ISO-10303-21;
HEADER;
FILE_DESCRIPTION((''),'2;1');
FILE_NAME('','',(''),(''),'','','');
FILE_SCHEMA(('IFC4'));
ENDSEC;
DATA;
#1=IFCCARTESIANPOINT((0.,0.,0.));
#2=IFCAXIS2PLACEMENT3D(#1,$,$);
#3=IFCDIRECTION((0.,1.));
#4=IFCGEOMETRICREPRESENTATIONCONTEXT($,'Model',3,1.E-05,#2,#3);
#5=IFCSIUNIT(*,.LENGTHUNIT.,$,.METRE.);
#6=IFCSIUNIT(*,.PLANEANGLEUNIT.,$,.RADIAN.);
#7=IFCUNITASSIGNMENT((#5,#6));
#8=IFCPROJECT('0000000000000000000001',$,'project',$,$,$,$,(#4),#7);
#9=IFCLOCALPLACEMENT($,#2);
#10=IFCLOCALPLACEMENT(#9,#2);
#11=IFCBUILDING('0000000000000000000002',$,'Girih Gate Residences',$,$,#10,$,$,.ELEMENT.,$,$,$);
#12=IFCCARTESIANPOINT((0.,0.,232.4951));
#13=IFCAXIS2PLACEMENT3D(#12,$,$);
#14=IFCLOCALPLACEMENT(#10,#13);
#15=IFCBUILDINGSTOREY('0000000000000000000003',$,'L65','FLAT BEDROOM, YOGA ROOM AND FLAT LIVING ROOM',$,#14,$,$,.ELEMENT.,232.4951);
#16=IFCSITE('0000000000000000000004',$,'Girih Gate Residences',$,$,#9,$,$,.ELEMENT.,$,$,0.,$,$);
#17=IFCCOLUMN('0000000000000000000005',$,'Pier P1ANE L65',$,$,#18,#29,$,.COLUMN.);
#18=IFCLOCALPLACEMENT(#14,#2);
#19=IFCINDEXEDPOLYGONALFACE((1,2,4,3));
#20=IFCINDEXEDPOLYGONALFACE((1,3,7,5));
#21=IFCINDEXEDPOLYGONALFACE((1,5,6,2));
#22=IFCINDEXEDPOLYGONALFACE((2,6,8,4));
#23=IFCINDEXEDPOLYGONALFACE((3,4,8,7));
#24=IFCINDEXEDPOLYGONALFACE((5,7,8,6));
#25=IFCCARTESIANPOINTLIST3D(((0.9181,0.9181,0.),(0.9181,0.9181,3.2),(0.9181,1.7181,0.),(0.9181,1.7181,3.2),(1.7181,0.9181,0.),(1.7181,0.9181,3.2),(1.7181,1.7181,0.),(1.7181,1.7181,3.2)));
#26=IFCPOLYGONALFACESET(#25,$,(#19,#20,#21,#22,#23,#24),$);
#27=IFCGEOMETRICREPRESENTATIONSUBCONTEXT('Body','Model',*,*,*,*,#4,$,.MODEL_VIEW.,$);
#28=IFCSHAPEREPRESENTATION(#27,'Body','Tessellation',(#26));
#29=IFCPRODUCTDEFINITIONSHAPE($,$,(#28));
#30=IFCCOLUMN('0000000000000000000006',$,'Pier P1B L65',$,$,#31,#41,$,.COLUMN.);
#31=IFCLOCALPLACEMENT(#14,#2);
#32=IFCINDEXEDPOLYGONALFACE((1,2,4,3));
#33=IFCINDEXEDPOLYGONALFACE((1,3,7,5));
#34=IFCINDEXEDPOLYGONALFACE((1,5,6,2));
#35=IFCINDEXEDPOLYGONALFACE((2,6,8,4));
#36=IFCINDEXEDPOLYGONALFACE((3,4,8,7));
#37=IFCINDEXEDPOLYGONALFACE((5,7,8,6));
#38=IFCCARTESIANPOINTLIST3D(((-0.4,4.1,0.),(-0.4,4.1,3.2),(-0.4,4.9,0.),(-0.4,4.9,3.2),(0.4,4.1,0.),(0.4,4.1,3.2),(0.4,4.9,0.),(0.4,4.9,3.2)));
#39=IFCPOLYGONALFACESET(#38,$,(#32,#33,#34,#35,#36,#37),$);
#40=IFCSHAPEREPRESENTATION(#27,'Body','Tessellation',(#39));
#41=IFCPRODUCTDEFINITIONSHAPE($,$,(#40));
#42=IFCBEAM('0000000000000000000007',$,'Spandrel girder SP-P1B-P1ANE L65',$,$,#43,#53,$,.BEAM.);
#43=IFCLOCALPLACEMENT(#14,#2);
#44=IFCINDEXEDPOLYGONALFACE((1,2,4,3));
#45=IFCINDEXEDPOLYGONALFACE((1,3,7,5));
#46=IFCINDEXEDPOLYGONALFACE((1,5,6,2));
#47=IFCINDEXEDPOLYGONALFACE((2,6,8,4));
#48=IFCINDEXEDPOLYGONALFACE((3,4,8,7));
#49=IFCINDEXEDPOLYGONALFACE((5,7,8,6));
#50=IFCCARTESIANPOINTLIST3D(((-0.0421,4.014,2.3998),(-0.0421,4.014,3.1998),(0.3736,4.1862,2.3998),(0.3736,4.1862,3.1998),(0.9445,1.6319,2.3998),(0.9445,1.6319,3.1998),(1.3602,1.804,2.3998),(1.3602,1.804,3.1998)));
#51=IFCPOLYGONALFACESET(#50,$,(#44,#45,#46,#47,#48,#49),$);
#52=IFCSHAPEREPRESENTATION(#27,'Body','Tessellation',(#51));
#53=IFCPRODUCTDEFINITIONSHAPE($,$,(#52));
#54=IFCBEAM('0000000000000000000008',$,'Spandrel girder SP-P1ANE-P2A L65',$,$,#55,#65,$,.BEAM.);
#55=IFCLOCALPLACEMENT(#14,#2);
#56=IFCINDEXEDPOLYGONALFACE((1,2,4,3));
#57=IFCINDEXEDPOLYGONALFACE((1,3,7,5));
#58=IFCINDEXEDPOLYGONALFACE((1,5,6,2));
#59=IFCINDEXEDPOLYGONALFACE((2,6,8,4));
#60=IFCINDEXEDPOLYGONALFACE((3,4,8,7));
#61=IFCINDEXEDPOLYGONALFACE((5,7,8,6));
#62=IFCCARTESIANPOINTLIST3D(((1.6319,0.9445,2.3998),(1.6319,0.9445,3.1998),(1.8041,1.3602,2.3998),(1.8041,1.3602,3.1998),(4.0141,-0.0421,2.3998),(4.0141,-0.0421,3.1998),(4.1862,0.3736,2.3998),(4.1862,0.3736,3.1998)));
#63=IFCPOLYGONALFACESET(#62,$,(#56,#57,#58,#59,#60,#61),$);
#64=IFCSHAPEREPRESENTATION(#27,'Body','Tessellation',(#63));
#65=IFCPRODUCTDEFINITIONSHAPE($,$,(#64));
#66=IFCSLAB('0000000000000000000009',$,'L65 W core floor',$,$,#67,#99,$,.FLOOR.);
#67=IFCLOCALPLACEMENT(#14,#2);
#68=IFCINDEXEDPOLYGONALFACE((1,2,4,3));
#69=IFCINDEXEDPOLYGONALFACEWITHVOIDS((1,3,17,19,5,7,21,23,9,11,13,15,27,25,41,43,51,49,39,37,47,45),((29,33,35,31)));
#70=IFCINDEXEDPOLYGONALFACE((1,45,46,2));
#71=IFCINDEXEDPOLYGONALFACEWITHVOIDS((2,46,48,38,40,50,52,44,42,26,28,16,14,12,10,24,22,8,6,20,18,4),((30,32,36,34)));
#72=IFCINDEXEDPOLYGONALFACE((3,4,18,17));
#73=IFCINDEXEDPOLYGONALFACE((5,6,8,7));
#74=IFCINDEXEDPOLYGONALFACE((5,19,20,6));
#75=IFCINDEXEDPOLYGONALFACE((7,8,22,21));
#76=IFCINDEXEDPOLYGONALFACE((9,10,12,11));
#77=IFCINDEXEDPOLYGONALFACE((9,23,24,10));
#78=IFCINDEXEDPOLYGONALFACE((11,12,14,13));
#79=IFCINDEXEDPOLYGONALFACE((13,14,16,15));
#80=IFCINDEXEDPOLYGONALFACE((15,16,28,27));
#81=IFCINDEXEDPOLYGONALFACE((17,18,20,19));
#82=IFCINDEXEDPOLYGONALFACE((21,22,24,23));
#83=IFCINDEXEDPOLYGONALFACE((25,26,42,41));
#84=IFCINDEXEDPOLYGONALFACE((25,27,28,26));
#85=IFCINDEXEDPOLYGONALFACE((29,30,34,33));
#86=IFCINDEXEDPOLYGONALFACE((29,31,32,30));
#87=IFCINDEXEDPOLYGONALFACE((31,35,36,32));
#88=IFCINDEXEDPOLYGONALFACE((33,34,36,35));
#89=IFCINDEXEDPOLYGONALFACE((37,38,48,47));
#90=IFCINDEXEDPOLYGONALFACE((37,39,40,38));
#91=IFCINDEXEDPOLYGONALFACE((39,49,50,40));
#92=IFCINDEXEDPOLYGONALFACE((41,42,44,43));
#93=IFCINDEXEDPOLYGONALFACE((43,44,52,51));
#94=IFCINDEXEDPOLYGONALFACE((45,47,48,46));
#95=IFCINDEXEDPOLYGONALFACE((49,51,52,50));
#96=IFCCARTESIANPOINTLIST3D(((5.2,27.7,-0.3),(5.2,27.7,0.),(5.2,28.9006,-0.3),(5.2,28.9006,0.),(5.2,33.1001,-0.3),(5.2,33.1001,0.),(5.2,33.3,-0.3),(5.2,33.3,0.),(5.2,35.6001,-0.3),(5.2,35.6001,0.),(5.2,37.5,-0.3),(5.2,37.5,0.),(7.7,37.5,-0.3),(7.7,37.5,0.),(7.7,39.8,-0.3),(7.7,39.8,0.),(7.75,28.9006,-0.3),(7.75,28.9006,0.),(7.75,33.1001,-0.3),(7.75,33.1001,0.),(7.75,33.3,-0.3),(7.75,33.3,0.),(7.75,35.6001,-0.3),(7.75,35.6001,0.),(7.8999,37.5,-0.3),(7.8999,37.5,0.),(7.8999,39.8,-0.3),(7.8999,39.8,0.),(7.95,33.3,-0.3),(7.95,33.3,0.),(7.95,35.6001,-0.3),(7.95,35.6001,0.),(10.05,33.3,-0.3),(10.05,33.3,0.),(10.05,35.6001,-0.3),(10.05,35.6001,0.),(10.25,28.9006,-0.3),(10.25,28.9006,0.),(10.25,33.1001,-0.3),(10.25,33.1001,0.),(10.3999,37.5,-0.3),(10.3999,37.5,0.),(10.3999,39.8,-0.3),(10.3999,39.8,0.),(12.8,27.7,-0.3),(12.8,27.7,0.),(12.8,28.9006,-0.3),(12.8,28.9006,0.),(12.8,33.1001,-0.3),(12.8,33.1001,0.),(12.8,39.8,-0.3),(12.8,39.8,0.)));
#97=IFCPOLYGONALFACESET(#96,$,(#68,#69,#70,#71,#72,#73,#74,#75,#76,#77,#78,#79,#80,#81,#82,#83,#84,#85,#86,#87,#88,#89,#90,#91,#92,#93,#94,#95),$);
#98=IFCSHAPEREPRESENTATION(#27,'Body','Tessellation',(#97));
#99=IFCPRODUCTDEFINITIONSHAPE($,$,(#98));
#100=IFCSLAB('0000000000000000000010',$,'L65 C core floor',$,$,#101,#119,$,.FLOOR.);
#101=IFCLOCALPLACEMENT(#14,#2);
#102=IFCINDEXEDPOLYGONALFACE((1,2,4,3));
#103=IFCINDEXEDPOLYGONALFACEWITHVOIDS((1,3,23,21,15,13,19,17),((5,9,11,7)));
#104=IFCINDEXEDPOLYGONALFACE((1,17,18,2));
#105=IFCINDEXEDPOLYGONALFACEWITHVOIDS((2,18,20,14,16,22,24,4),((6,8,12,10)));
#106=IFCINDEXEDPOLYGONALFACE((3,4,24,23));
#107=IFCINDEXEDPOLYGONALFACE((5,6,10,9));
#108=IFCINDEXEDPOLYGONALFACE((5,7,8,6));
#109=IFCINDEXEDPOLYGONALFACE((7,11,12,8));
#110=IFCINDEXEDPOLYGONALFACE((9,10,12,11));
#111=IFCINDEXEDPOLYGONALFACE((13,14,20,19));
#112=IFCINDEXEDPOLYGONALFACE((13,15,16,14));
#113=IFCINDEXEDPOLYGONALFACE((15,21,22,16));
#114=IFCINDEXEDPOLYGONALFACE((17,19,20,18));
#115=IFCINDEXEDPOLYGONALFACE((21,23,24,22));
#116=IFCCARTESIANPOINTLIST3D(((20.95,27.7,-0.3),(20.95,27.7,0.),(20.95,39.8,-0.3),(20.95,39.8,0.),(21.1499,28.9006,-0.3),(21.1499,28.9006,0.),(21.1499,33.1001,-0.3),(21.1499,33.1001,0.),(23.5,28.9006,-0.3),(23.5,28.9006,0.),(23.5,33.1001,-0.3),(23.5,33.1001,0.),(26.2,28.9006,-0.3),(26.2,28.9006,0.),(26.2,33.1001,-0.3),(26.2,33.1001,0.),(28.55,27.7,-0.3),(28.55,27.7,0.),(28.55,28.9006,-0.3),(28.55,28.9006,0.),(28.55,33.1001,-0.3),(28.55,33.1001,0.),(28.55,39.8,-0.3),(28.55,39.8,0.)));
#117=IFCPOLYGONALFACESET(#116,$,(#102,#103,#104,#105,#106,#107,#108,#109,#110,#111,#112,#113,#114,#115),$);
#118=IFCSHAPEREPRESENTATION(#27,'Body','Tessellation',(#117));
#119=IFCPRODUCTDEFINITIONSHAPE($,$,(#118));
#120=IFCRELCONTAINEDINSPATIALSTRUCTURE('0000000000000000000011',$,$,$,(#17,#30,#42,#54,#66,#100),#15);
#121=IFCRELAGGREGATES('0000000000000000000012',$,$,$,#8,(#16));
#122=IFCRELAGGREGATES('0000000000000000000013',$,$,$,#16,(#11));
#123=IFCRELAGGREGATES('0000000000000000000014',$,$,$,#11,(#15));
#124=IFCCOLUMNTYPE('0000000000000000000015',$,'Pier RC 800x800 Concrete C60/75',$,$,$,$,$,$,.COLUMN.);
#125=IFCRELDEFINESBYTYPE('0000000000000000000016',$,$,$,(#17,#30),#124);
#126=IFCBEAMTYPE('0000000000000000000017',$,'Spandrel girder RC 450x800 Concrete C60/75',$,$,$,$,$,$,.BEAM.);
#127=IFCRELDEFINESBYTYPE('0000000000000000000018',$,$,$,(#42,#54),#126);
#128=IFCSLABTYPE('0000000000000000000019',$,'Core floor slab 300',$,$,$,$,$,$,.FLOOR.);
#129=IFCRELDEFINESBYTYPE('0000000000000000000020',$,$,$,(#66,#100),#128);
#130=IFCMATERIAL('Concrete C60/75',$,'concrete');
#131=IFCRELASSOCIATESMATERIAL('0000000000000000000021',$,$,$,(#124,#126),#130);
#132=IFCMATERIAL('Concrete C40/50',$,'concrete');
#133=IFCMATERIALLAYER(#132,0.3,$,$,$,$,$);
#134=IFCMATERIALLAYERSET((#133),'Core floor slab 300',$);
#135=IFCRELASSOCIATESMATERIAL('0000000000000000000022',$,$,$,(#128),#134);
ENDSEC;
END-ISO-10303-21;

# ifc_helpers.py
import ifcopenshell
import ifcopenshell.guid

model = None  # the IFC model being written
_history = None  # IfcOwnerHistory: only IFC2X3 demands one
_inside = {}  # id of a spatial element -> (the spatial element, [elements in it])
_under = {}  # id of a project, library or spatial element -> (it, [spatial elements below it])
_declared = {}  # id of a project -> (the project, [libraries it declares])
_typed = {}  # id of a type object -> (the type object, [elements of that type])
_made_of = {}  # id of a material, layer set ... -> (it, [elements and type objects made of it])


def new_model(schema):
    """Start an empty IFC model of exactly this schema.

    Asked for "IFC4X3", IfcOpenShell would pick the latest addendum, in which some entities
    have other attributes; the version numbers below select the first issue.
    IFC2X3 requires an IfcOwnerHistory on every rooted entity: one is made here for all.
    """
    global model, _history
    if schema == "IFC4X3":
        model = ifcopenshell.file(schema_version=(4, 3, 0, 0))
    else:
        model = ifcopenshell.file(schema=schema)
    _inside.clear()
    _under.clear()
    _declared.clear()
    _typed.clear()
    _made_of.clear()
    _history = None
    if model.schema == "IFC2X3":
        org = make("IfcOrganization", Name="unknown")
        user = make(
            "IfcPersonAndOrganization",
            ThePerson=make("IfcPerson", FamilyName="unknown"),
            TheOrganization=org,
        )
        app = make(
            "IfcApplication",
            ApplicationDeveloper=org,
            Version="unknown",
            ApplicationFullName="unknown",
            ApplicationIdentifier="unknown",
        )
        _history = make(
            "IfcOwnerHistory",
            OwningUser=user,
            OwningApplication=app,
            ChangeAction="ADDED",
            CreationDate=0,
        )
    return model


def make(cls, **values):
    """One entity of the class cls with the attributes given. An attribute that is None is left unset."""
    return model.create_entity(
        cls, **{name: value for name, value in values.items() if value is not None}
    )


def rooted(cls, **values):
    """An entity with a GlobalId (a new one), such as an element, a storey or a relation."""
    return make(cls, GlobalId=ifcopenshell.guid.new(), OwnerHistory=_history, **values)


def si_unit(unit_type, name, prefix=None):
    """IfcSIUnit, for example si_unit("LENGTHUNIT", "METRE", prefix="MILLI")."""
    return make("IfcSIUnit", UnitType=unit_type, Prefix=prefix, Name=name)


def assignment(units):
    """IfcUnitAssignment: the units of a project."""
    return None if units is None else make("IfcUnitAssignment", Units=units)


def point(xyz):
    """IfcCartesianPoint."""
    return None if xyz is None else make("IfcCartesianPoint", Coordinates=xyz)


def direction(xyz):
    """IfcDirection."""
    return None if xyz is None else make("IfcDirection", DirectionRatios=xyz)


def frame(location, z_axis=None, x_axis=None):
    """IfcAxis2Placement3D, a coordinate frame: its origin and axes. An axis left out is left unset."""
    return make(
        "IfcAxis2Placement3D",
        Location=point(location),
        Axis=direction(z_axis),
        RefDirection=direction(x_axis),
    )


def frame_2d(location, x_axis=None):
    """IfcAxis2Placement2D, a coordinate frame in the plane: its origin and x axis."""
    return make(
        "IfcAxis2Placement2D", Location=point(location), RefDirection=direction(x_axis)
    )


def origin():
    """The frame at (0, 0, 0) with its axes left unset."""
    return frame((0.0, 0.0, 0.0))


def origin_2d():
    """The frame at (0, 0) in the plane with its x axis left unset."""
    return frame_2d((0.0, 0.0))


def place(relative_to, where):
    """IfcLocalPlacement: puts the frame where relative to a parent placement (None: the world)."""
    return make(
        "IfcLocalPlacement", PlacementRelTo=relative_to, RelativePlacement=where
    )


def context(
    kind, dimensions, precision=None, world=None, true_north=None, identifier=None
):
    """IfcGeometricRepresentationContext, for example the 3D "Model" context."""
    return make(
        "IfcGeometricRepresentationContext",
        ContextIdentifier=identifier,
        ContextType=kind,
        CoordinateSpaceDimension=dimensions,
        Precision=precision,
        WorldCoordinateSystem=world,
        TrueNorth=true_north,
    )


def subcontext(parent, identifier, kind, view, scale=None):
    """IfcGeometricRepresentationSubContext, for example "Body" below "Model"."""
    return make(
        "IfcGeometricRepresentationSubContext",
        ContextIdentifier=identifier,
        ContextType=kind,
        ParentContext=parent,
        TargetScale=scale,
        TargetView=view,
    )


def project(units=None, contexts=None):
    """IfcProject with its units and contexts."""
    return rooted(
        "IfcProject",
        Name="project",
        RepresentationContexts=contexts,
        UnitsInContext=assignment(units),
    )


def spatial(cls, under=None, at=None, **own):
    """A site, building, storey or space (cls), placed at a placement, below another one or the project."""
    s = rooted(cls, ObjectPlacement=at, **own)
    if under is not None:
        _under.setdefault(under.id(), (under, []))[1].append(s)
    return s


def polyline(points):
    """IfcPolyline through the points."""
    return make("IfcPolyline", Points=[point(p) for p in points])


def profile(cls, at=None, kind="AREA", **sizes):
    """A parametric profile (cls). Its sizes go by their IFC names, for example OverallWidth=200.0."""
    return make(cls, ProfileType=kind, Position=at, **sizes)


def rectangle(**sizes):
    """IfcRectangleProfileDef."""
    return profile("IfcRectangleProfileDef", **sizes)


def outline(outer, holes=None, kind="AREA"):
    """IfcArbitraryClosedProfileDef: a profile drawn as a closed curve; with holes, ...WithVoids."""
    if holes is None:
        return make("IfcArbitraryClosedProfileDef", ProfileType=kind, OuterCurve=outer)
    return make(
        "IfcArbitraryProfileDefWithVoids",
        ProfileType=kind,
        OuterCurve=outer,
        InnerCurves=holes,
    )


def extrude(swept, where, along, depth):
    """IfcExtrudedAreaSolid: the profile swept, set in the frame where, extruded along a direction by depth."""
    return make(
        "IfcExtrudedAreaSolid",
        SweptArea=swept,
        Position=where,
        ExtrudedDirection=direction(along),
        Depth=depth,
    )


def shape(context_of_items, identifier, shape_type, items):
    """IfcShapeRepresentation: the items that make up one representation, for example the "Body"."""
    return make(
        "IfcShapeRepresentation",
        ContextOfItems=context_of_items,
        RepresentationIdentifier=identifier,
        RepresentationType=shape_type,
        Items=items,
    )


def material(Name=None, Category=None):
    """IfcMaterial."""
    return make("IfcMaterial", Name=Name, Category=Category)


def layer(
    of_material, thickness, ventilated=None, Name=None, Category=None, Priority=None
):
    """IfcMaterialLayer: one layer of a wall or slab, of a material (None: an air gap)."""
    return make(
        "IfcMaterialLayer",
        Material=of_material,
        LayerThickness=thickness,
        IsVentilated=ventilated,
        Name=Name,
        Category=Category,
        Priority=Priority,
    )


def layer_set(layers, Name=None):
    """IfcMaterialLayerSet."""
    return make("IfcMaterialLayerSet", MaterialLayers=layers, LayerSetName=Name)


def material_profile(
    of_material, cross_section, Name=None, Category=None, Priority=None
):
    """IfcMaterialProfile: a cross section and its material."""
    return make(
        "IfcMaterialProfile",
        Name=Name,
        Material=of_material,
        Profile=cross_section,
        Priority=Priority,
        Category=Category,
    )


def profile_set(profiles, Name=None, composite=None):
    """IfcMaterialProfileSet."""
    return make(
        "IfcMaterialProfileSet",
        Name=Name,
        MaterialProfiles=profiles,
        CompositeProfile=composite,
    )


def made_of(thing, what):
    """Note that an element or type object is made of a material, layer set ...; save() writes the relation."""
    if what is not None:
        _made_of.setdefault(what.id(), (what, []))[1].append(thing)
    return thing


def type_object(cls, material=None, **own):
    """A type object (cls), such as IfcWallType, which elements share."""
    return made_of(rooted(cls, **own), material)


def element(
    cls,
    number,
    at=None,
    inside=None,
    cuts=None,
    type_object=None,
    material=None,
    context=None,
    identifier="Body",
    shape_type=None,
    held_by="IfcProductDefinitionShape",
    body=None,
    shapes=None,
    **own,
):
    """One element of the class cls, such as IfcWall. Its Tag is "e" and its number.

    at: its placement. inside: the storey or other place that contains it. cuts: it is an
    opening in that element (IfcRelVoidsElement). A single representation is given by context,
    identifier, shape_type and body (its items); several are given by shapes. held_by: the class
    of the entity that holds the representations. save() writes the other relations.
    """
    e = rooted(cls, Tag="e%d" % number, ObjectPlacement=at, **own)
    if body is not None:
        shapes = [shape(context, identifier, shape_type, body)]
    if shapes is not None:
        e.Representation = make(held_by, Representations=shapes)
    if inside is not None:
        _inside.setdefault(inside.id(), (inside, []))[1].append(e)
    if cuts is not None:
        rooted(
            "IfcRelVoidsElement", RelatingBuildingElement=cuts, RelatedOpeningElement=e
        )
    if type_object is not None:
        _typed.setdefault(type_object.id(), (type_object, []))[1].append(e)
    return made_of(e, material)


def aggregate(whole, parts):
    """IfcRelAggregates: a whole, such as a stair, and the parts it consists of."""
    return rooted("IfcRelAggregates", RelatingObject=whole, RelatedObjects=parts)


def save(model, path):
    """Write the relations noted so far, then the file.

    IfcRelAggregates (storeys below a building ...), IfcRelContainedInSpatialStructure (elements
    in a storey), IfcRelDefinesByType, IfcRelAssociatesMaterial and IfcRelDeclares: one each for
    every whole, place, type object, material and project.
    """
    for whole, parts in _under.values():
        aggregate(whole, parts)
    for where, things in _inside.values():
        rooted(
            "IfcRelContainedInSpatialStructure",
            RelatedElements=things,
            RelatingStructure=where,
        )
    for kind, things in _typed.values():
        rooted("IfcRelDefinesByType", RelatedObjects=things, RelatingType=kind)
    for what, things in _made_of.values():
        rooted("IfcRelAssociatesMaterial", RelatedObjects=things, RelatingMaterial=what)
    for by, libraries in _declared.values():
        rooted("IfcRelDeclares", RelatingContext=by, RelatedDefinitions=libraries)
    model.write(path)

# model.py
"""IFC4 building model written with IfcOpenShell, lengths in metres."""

from ifc_helpers import new_model, si_unit, direction, frame, origin, origin_2d, place, context, subcontext, project, spatial, polyline, rectangle, outline, extrude, material, layer, layer_set, material_profile, profile_set, type_object, element, save


model = new_model("IFC4")

# Units and contexts
model_context = context("Model", 3, precision=1e-05, world=origin(), true_north=direction((0.0, 1.0)))
body_context = subcontext(model_context, "Body", "Model", "MODEL_VIEW")
ifc_project = project(units=[si_unit("LENGTHUNIT", "METRE"), si_unit("PLANEANGLEUNIT", "RADIAN")], contexts=[model_context])

# Site, building, storey
site_placement = place(None, origin())
site = spatial("IfcSite", under=ifc_project, at=site_placement, Name="Girih Gate Residences", CompositionType="ELEMENT", RefElevation=0.0)
building_placement = place(site_placement, origin())
building = spatial("IfcBuilding", under=site, at=building_placement, Name="Girih Gate Residences", CompositionType="ELEMENT")
storey_placement = place(building_placement, frame((0.0, 0.0, 232.4951)))
storey = spatial("IfcBuildingStorey", under=building, at=storey_placement, Name="L65", Description="FLAT BEDROOM, YOGA ROOM AND FLAT LIVING ROOM", CompositionType="ELEMENT", Elevation=232.4951)

# Columns
ifc_material_1 = material(Name="Concrete C60/75", Category="concrete")
ifc_material_profile_1 = material_profile(ifc_material_1, rectangle(XDim=0.8, YDim=0.8, at=origin_2d()))
ifc_profile_set_1 = profile_set([ifc_material_profile_1], Name="Concrete C60/75")
column_type = type_object("IfcColumnType", Name="Pier RC 800x800 Concrete C60/75", PredefinedType="COLUMN", material=ifc_profile_set_1)
for number, where, z_axis, x_axis, name in (
    (1, (1.3181, 1.3181, 0.0), (0.0, 0.0, 1.0), (1.0, 0.0, 0.0), "Pier P1ANE L65"),
    (2, (0.0, 4.5, 0.0), (0.0, 0.0, 1.0), (1.0, 0.0, 0.0), "Pier P1B L65"),
):
    element("IfcColumn", number, at=place(storey_placement, frame(where, z_axis=z_axis, x_axis=x_axis)), inside=storey, type_object=column_type, Name=name, PredefinedType="COLUMN", context=body_context, shape_type="SweptSolid", body=[
        extrude(rectangle(XDim=0.8, YDim=0.8, at=origin_2d()), origin(), (0.0, 0.0, 1.0), 3.2),
    ])

# Beams
ifc_material_profile_2 = material_profile(ifc_material_1, rectangle(XDim=0.45, YDim=0.8, at=origin_2d()))
ifc_profile_set_2 = profile_set([ifc_material_profile_2], Name="Concrete C60/75")
beam_type = type_object("IfcBeamType", Name="Spandrel girder RC 450x800 Concrete C60/75", PredefinedType="BEAM", material=ifc_profile_set_2)
for number, where, z_axis, x_axis, name in (
    (3, (0.1658, 4.1001, 2.7998), (0.382644, -0.923896, 0.0), (0.923896, 0.382644, 0.0), "Spandrel girder SP-P1B-P1ANE L65"),
    (4, (1.718, 1.1523, 2.7998), (0.923896, -0.382644, 0.0), (0.382644, 0.923896, 0.0), "Spandrel girder SP-P1ANE-P2A L65"),
):
    element("IfcBeam", number, at=place(storey_placement, frame(where, z_axis=z_axis, x_axis=x_axis)), inside=storey, type_object=beam_type, Name=name, PredefinedType="BEAM", context=body_context, shape_type="SweptSolid", body=[
        extrude(rectangle(XDim=0.45, YDim=0.8, at=origin_2d()), origin(), (0.0, 0.0, 1.0), 2.5784),
    ])

# Slabs
ifc_material_2 = material(Name="Concrete C40/50", Category="concrete")
ifc_layer_1 = layer(ifc_material_2, 0.3)
ifc_layer_set_1 = layer_set([ifc_layer_1], Name="Core floor slab 300")
slab_type_1 = type_object("IfcSlabType", Name="Core floor slab 300", PredefinedType="FLOOR", material=ifc_layer_set_1)
slab_1_placement = place(storey_placement, frame((0.0, 0.0, -0.3)))
element("IfcSlab", 5, at=slab_1_placement, inside=storey, type_object=slab_type_1, Name="L65 W core floor", PredefinedType="FLOOR", context=body_context, shape_type="SweptSolid", body=[
    extrude(outline(polyline([(12.8, 27.7), (5.2, 27.7), (5.2, 28.9006), (7.75, 28.9006), (7.75, 33.1001), (5.2, 33.1001), (5.2, 33.3), (7.75, 33.3), (7.75, 35.6001), (5.2, 35.6001), (5.2, 37.5), (7.7, 37.5), (7.7, 39.8), (7.8999, 39.8), (7.8999, 37.5), (10.3999, 37.5), (10.3999, 39.8), (12.8, 39.8), (12.8, 33.1001), (10.25, 33.1001), (10.25, 28.9006), (12.8, 28.9006), (12.8, 27.7)]), holes=[polyline([(7.95, 33.3), (10.05, 33.3), (10.05, 35.6001), (7.95, 35.6001), (7.95, 33.3)])]), origin(), (0.0, 0.0, 1.0), 0.3),
])
slab_2_placement = place(storey_placement, frame((0.0, 0.0, -0.3)))
element("IfcSlab", 6, at=slab_2_placement, inside=storey, type_object=slab_type_1, Name="L65 C core floor", PredefinedType="FLOOR", context=body_context, shape_type="SweptSolid", body=[
    extrude(outline(polyline([(28.55, 27.7), (20.95, 27.7), (20.95, 39.8), (28.55, 39.8), (28.55, 33.1001), (26.2, 33.1001), (26.2, 28.9006), (28.55, 28.9006), (28.55, 27.7)]), holes=[polyline([(23.5, 28.9006), (23.5, 33.1001), (21.1499, 33.1001), (21.1499, 28.9006), (23.5, 28.9006)])]), origin(), (0.0, 0.0, 1.0), 0.3),
])

save(model, "model.ifc")
